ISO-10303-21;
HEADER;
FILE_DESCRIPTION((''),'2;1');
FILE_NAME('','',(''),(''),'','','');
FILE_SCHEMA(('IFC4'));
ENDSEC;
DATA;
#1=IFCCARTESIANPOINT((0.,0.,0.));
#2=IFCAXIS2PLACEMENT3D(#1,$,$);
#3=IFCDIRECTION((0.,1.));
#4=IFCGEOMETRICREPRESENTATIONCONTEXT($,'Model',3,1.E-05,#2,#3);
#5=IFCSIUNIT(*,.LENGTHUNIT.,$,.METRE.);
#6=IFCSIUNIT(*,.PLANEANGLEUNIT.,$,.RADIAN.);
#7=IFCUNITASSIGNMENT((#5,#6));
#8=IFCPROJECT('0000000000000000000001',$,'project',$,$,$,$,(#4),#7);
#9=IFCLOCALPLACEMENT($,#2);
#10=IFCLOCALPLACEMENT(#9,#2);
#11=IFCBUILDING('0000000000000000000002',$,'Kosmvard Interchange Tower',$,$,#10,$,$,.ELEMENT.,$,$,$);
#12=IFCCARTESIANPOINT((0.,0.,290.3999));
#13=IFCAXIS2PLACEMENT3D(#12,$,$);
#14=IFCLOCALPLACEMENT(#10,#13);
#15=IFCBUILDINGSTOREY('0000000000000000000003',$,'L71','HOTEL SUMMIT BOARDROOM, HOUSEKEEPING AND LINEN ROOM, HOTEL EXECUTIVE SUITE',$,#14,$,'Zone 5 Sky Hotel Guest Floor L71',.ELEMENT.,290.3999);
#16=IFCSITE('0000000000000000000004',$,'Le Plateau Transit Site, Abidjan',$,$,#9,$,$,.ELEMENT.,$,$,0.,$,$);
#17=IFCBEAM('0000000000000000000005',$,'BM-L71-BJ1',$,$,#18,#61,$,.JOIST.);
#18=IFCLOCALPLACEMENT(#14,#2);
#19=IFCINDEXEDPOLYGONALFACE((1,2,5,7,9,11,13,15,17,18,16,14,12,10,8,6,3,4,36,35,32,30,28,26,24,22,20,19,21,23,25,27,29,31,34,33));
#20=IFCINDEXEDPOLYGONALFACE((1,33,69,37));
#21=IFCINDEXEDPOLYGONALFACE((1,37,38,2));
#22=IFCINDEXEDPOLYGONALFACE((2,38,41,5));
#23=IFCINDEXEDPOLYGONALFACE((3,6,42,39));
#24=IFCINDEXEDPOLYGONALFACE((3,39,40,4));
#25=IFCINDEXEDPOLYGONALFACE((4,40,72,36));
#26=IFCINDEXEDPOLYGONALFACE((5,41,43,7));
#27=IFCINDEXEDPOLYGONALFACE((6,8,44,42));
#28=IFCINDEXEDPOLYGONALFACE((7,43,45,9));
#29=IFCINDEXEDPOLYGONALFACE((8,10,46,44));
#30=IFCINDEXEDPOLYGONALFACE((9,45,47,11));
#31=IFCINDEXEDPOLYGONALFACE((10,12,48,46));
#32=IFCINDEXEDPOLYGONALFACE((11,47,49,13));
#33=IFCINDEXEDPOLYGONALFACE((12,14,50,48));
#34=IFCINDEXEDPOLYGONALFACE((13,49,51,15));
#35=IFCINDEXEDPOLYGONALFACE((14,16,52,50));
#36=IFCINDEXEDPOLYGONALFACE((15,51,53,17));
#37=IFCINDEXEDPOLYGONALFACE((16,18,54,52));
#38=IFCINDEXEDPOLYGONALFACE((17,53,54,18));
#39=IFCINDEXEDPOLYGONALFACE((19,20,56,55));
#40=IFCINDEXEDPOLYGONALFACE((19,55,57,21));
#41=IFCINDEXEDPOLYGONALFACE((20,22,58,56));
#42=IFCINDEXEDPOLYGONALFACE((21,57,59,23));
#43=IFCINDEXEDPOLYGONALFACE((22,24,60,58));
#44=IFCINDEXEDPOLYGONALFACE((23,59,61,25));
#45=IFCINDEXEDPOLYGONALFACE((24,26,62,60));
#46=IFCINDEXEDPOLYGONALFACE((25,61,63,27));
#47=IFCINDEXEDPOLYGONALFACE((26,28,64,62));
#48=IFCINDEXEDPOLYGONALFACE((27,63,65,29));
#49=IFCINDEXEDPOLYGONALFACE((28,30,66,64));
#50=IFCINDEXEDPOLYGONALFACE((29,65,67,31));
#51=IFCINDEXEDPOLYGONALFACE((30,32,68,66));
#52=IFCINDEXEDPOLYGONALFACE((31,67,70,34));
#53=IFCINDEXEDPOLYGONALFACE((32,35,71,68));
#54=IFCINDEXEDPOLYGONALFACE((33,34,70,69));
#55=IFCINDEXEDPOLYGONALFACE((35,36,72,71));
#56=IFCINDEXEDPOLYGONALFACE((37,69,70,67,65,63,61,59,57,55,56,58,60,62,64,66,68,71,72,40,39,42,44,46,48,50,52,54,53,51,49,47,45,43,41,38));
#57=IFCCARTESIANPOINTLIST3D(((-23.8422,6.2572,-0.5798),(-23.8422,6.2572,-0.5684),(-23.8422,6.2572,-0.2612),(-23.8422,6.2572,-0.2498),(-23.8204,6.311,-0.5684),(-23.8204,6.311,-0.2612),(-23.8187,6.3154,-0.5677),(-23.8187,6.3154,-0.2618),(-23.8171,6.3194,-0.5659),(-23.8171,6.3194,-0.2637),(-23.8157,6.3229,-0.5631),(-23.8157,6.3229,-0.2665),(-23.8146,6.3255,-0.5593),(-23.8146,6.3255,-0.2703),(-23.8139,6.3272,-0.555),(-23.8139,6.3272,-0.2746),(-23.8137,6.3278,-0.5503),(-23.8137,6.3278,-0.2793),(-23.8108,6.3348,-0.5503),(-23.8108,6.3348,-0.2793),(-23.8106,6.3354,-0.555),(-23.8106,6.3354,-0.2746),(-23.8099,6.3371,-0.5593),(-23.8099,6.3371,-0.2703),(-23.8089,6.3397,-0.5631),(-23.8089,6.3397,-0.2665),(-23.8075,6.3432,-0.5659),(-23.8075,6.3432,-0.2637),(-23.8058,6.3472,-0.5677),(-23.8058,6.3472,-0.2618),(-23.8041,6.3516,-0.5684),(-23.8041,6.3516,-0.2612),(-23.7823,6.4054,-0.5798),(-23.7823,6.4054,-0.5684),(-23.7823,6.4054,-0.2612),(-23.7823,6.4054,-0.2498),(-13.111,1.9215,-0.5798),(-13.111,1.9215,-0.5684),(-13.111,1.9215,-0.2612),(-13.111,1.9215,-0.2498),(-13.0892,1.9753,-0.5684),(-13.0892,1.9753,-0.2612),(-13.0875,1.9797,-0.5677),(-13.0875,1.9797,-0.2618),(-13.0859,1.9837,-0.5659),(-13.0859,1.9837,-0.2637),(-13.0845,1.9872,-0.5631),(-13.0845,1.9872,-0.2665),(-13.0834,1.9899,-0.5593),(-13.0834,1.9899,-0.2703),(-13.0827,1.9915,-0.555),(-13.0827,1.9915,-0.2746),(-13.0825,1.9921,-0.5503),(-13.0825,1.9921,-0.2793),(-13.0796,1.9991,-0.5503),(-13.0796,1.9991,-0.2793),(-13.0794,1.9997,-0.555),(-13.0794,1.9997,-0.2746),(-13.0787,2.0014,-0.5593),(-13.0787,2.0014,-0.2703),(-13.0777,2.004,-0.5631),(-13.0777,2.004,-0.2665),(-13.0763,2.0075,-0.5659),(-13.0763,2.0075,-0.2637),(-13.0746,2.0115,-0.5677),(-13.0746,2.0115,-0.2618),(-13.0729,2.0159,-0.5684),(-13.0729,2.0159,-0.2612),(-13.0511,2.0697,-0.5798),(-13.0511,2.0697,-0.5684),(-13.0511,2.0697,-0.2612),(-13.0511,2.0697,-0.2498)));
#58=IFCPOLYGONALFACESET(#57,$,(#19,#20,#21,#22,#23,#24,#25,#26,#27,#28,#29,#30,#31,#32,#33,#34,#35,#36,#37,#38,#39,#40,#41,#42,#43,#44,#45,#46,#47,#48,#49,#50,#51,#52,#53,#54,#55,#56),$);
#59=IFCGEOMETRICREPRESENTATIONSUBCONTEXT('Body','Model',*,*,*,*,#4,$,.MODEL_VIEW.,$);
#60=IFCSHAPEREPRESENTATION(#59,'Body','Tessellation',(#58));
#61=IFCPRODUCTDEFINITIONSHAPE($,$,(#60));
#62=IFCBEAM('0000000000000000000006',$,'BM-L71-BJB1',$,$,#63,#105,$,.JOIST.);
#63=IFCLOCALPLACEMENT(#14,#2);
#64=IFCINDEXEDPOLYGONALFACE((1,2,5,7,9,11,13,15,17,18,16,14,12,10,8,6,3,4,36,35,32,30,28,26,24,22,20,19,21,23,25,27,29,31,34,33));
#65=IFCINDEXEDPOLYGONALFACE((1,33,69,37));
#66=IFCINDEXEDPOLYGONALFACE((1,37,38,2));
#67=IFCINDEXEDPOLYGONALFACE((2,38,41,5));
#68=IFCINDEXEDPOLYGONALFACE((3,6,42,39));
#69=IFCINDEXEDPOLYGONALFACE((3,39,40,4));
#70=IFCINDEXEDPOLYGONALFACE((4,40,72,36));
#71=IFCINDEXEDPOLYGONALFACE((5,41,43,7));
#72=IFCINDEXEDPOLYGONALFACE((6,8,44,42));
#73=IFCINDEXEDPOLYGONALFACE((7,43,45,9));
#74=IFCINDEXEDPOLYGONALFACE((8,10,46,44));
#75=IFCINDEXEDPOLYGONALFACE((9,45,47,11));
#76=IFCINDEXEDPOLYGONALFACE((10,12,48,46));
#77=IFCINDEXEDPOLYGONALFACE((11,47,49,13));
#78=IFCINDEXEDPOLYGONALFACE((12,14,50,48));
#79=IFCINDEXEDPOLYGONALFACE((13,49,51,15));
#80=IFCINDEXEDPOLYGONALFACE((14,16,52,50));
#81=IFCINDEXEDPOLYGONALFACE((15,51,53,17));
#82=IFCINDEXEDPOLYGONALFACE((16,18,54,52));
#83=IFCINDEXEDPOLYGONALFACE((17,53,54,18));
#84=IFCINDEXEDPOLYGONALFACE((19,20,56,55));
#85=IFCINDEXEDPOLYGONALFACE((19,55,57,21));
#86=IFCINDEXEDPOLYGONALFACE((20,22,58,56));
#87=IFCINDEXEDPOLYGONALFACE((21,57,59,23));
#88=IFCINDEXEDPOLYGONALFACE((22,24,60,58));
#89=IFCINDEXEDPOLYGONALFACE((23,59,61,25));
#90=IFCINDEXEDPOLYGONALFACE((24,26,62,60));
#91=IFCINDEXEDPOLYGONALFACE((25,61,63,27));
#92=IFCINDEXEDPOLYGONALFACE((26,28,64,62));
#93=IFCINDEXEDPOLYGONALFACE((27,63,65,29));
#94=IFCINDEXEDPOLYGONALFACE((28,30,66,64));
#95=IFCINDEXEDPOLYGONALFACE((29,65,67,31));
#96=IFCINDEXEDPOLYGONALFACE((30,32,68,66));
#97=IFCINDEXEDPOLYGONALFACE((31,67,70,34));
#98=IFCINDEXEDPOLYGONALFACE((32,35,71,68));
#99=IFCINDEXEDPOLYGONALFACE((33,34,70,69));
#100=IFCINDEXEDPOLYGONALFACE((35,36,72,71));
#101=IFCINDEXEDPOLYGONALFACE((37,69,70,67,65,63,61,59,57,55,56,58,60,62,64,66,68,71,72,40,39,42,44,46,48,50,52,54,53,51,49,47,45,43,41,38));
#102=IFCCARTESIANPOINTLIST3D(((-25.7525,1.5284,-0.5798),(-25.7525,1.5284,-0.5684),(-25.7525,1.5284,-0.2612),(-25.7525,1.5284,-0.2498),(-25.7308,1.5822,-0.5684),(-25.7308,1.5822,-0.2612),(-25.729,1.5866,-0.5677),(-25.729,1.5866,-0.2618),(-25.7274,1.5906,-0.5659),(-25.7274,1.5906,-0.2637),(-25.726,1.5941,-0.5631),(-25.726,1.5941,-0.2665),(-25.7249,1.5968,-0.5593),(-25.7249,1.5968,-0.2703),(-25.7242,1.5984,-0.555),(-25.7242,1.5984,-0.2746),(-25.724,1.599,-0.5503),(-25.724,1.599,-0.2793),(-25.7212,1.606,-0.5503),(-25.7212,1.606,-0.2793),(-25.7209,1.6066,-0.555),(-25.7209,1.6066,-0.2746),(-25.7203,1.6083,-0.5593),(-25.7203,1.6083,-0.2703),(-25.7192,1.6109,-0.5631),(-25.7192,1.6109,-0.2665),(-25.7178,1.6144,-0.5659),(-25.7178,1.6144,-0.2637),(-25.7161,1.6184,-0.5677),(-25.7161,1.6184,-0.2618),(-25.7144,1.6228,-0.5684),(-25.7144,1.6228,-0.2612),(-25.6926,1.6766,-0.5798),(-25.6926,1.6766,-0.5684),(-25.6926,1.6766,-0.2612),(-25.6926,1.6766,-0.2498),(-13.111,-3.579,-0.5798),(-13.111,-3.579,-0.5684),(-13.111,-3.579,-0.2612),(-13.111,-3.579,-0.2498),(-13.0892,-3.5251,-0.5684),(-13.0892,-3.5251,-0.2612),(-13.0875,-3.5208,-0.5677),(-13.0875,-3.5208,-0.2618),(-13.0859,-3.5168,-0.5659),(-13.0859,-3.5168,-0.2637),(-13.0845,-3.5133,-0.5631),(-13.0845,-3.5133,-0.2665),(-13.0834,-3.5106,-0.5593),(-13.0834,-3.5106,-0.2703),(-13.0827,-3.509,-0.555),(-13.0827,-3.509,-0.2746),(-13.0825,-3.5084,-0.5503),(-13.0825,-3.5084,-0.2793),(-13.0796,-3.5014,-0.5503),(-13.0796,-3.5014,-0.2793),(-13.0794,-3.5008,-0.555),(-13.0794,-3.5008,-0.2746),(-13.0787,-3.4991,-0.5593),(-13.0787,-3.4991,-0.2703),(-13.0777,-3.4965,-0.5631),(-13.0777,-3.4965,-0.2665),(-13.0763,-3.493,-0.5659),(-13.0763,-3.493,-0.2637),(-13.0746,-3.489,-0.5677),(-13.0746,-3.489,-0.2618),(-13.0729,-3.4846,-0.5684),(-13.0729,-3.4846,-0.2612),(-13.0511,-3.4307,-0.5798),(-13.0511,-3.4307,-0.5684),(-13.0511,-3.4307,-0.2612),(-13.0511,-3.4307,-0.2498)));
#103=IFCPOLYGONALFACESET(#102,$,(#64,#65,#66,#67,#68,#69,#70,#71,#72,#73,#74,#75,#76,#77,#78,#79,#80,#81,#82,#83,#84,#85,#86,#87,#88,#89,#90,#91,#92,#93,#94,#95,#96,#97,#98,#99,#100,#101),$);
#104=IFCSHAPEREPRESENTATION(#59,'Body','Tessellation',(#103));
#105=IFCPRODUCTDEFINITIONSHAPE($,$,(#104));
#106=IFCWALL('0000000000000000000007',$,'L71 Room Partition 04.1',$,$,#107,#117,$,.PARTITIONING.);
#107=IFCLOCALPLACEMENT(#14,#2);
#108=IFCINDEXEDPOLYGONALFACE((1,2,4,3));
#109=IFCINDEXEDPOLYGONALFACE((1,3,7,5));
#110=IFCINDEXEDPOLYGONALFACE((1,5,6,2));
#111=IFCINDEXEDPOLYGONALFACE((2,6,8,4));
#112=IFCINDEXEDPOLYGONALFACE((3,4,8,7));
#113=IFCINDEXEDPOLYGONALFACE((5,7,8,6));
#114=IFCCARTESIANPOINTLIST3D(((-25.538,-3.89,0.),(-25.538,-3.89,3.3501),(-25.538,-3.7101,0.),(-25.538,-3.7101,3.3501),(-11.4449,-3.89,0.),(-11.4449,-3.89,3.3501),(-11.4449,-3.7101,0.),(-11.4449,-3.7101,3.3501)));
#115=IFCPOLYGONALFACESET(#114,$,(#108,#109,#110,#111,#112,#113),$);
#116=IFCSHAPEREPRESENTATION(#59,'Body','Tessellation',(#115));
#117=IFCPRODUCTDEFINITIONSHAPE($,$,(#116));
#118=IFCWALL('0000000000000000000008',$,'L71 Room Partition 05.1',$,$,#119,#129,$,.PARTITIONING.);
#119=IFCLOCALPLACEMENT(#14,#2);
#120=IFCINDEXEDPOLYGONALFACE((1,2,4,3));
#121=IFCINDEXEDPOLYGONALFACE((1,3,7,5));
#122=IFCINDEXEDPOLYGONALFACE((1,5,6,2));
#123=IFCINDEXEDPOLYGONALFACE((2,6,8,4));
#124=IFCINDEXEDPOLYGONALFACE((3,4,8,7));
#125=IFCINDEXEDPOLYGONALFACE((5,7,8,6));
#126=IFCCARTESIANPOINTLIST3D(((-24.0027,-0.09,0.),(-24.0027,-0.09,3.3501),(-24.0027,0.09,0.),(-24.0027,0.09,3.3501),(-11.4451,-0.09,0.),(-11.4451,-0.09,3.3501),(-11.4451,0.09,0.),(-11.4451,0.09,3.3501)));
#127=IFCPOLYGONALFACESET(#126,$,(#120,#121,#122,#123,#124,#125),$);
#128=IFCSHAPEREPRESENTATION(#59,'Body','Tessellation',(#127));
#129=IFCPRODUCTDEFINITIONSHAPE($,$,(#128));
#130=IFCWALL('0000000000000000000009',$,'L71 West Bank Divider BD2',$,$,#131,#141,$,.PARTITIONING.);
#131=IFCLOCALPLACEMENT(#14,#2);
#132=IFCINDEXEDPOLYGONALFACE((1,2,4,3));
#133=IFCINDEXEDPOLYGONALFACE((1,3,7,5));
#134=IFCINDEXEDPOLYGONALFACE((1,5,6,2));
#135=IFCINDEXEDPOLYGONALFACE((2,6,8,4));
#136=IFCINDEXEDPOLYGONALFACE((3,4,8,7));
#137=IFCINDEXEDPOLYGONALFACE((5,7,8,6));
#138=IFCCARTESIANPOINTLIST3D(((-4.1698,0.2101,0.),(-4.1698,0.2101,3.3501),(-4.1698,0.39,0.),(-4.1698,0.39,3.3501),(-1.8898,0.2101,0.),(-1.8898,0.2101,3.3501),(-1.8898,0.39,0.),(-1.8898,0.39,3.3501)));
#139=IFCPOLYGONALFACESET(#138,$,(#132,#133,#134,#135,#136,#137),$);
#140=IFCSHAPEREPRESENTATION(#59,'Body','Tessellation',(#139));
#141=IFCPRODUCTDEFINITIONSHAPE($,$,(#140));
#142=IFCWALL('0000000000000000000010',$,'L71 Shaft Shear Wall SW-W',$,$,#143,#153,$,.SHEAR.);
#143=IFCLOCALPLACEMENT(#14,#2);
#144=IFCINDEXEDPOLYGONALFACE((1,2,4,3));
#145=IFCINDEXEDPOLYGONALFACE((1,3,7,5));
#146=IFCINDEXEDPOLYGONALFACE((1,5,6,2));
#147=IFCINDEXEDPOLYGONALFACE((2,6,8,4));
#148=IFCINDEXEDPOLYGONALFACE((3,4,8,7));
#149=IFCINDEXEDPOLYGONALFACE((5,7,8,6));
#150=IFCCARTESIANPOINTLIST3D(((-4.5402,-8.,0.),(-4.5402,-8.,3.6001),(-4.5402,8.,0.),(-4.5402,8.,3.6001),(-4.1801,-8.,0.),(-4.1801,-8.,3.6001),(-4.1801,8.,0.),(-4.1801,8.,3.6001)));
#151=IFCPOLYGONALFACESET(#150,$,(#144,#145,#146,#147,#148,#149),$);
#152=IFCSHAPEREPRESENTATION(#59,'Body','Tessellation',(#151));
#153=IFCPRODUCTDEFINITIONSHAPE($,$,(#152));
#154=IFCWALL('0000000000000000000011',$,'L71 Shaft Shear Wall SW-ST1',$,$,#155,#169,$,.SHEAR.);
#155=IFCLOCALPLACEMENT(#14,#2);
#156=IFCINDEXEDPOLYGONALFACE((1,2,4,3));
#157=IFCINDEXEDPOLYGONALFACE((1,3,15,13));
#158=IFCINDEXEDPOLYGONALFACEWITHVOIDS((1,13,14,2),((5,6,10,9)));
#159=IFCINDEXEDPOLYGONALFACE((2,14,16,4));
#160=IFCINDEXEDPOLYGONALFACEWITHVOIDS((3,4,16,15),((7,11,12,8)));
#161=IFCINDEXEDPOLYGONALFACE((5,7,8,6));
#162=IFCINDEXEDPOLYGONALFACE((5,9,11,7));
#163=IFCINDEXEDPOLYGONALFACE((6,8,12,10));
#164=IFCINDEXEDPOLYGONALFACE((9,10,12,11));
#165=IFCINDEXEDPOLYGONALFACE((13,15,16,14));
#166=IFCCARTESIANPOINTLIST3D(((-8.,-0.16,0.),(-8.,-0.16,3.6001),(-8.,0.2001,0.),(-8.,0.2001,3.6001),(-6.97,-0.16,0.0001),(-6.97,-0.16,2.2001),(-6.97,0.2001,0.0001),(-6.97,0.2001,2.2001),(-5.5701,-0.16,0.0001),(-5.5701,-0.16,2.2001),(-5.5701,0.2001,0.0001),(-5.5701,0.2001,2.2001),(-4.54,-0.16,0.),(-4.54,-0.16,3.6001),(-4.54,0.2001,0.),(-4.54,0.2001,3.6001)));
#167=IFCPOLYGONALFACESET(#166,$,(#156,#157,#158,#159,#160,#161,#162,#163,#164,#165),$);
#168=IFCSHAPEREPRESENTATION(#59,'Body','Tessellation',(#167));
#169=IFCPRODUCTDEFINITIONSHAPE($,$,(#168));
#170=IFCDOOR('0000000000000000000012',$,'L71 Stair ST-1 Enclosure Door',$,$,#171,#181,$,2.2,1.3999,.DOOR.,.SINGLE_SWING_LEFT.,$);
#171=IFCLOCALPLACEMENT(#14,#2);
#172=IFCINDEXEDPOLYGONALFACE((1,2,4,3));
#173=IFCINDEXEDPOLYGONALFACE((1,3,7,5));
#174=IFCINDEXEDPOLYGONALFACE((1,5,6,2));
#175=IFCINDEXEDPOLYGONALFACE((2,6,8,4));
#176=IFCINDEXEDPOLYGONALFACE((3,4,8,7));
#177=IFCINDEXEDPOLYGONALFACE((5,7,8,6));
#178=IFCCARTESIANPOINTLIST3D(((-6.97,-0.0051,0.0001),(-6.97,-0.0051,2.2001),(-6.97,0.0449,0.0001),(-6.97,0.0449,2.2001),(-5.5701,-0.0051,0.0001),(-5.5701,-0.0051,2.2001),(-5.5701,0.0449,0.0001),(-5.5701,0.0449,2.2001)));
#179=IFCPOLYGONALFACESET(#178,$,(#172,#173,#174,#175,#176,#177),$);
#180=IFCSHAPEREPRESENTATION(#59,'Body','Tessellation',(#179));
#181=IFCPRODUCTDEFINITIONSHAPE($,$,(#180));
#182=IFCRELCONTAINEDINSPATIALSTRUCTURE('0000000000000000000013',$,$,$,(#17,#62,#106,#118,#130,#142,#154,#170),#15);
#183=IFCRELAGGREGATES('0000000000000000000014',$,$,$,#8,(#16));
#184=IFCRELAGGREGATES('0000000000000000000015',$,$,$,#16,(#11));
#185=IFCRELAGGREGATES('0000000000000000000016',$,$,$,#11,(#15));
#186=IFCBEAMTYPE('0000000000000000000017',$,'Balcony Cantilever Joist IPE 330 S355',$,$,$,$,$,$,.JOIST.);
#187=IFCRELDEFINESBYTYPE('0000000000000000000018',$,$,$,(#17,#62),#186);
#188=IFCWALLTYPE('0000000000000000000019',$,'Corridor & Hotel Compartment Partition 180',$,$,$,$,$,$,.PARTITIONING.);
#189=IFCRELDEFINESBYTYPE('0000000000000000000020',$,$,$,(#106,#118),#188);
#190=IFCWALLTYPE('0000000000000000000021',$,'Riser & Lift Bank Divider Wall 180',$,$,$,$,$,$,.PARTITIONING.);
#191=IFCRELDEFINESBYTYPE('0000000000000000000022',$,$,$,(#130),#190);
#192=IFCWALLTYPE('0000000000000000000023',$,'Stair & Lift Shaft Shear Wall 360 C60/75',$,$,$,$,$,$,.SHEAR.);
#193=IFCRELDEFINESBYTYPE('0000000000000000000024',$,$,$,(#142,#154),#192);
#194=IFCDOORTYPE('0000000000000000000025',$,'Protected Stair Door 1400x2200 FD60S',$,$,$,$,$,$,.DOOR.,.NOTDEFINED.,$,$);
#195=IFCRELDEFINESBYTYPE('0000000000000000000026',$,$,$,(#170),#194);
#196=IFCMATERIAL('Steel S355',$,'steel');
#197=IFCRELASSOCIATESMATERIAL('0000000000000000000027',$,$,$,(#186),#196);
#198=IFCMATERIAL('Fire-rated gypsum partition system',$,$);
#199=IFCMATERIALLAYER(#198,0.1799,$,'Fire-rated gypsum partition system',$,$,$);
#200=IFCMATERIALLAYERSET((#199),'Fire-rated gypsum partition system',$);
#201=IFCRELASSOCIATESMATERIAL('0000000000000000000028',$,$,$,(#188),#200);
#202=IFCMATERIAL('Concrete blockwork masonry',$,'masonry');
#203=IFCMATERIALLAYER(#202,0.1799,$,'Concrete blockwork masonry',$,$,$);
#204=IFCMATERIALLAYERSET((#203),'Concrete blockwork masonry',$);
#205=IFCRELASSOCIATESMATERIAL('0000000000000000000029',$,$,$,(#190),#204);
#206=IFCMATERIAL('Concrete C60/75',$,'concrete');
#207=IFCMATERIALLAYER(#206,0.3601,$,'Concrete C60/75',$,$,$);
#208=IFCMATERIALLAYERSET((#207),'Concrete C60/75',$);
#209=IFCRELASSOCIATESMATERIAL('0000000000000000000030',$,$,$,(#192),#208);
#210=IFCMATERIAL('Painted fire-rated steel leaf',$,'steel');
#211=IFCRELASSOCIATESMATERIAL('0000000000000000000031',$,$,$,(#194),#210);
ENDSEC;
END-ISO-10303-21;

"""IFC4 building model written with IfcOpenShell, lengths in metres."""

from ifc_helpers import new_model, si_unit, direction, frame, frame_2d, origin, origin_2d, place, context, subcontext, project, spatial, rectangle, i_section, extrude, source, transform, mapped, material, layer, layer_set, material_profile, profile_set, type_object, element, fill, save


model = new_model("IFC4")

# Units and contexts
model_context = context("Model", 3, precision=1e-05, world=origin(), true_north=direction((0.0, 1.0)))
body_context = subcontext(model_context, "Body", "Model", "MODEL_VIEW")
ifc_project = project(units=[si_unit("LENGTHUNIT", "METRE"), si_unit("PLANEANGLEUNIT", "RADIAN")], contexts=[model_context])

# Site, building, storey
site_placement = place(None, origin())
site = spatial("IfcSite", under=ifc_project, at=site_placement, Name="Le Plateau Transit Site, Abidjan", CompositionType="ELEMENT", RefElevation=0.0)
building_placement = place(site_placement, origin())
building = spatial("IfcBuilding", under=site, at=building_placement, Name="Kosmvard Interchange Tower", CompositionType="ELEMENT")
storey_placement = place(building_placement, frame((0.0, 0.0, 290.3999)))
storey = spatial("IfcBuildingStorey", under=building, at=storey_placement, Name="L71", Description="HOTEL SUMMIT BOARDROOM, HOUSEKEEPING AND LINEN ROOM, HOTEL EXECUTIVE SUITE", LongName="Zone 5 Sky Hotel Guest Floor L71", CompositionType="ELEMENT", Elevation=290.3999)

# Beams
ifc_material_1 = material(Name="Steel S355", Category="steel")
ifc_material_profile = material_profile(ifc_material_1, i_section(OverallWidth=0.1599, OverallDepth=0.3301, WebThickness=0.0076, FlangeThickness=0.0115, FilletRadius=0.0181, at=origin_2d()), Name="IPE 330")
ifc_profile_set = profile_set([ifc_material_profile], Name="Steel S355")
beam_type = type_object("IfcBeamType", Name="Balcony Cantilever Joist IPE 330 S355", PredefinedType="JOIST", material=ifc_profile_set)
shared_shape_1 = source(origin(), body_context, "Body", "SweptSolid", [
    extrude(i_section(OverallWidth=0.1599, OverallDepth=0.3301, WebThickness=0.0076, FlangeThickness=0.0115, FilletRadius=0.0181, at=origin_2d()), origin(), (0.0, 0.0, 1.0), 11.574),
])
beam_1_placement = place(storey_placement, frame((-13.0811, 1.9956, -0.4148), z_axis=(-0.927184, 0.374607, 0.0), x_axis=(-0.374607, -0.927184, 0.0)))
element("IfcBeam", 1, at=beam_1_placement, inside=storey, type_object=beam_type, Name="BM-L71-BJ1", PredefinedType="JOIST", context=body_context, shape_type="MappedRepresentation", body=[
    mapped(shared_shape_1, transform((0.0, 0.0, 0.0), scale=1.0)),
])
shared_shape_2 = source(origin(), body_context, "Body", "SweptSolid", [
    extrude(i_section(OverallWidth=0.1599, OverallDepth=0.3301, WebThickness=0.0076, FlangeThickness=0.0115, FilletRadius=0.0181, at=origin_2d()), origin(), (0.0, 0.0, 1.0), 13.6343),
])
beam_2_placement = place(storey_placement, frame((-13.0811, -3.5049, -0.4148), z_axis=(-0.927187, 0.374599, 0.0), x_axis=(-0.374599, -0.927187, 0.0)))
element("IfcBeam", 2, at=beam_2_placement, inside=storey, type_object=beam_type, Name="BM-L71-BJB1", PredefinedType="JOIST", context=body_context, shape_type="MappedRepresentation", body=[
    mapped(shared_shape_2, transform((0.0, 0.0, 0.0), scale=1.0)),
])

# Walls
ifc_material_2 = material(Name="Fire-rated gypsum partition system")
ifc_layer_1 = layer(ifc_material_2, 0.1799, Name="Fire-rated gypsum partition system")
ifc_layer_set_1 = layer_set([ifc_layer_1], Name="Fire-rated gypsum partition system")
wall_type_1 = type_object("IfcWallType", Name="Corridor & Hotel Compartment Partition 180", PredefinedType="PARTITIONING", material=ifc_layer_set_1)
wall_1_placement = place(storey_placement, frame((-11.4451, -3.8, 0.0), z_axis=(0.0, 0.0, 1.0), x_axis=(-1.0, 0.0, 0.0)))
element("IfcWall", 3, at=wall_1_placement, inside=storey, type_object=wall_type_1, Name="L71 Room Partition 04.1", PredefinedType="PARTITIONING", context=body_context, shape_type="SweptSolid", body=[
    extrude(rectangle(XDim=14.093, YDim=0.1799, at=frame_2d((7.0464, 0.0))), origin(), (0.0, 0.0, 1.0), 3.3501),
])
wall_2_placement = place(storey_placement, frame((-11.4451, 0.0, 0.0), z_axis=(0.0, 0.0, 1.0), x_axis=(-1.0, 0.0, 0.0)))
element("IfcWall", 4, at=wall_2_placement, inside=storey, type_object=wall_type_1, Name="L71 Room Partition 05.1", PredefinedType="PARTITIONING", context=body_context, shape_type="SweptSolid", body=[
    extrude(rectangle(XDim=12.5576, YDim=0.1799, at=frame_2d((6.2788, 0.0))), origin(), (0.0, 0.0, 1.0), 3.3501),
])
ifc_material_3 = material(Name="Concrete blockwork masonry", Category="masonry")
ifc_layer_2 = layer(ifc_material_3, 0.1799, Name="Concrete blockwork masonry")
ifc_layer_set_2 = layer_set([ifc_layer_2], Name="Concrete blockwork masonry")
wall_type_2 = type_object("IfcWallType", Name="Riser & Lift Bank Divider Wall 180", PredefinedType="PARTITIONING", material=ifc_layer_set_2)
wall_3_placement = place(storey_placement, frame((-4.1699, 0.3, 0.0), z_axis=(0.0, 0.0, 1.0), x_axis=(1.0, 0.0, 0.0)))
element("IfcWall", 5, at=wall_3_placement, inside=storey, type_object=wall_type_2, Name="L71 West Bank Divider BD2", PredefinedType="PARTITIONING", context=body_context, shape_type="SweptSolid", body=[
    extrude(rectangle(XDim=2.28, YDim=0.1799, at=frame_2d((1.1401, 0.0))), origin(), (0.0, 0.0, 1.0), 3.3501),
])
ifc_material_4 = material(Name="Concrete C60/75", Category="concrete")
ifc_layer_3 = layer(ifc_material_4, 0.3601, Name="Concrete C60/75")
ifc_layer_set_3 = layer_set([ifc_layer_3], Name="Concrete C60/75")
wall_type_3 = type_object("IfcWallType", Name="Stair & Lift Shaft Shear Wall 360 C60/75", PredefinedType="SHEAR", material=ifc_layer_set_3)
wall_4_placement = place(storey_placement, frame((-4.3601, -8.0, 0.0), z_axis=(0.0, 0.0, 1.0), x_axis=(0.0, 1.0, 0.0)))
element("IfcWall", 6, at=wall_4_placement, inside=storey, type_object=wall_type_3, Name="L71 Shaft Shear Wall SW-W", PredefinedType="SHEAR", context=body_context, shape_type="SweptSolid", body=[
    extrude(rectangle(XDim=16.0, YDim=0.3601, at=frame_2d((8.0, 0.0))), origin(), (0.0, 0.0, 1.0), 3.6001),
])

# Wall, opening, door
wall_5_placement = place(storey_placement, frame((-8.0, 0.02, 0.0), z_axis=(0.0, 0.0, 1.0), x_axis=(1.0, 0.0, 0.0)))
wall_5 = element("IfcWall", 7, at=wall_5_placement, inside=storey, type_object=wall_type_3, Name="L71 Shaft Shear Wall SW-ST1", PredefinedType="SHEAR", context=body_context, shape_type="SweptSolid", body=[
    extrude(rectangle(XDim=3.46, YDim=0.3601, at=frame_2d((1.73, 0.0))), origin(), (0.0, 0.0, 1.0), 3.6001),
])
opening_1_placement = place(wall_5_placement, frame((1.03, 0.0, 0.0)))
opening_1 = element("IfcOpeningElement", 8, at=opening_1_placement, cuts=wall_5, PredefinedType="OPENING", context=body_context, shape_type="SweptSolid", body=[
    extrude(rectangle(XDim=1.3999, YDim=2.2, at=frame_2d((0.7, 1.1001))), frame((0.0, 0.1899, 0.0), z_axis=(0.0, -1.0, 0.0), x_axis=(1.0, 0.0, 0.0)), (0.0, 0.0, 1.0), 0.3801),
])
ifc_material_5 = material(Name="Painted fire-rated steel leaf", Category="steel")
door_type_1 = type_object("IfcDoorType", Name="Protected Stair Door 1400x2200 FD60S", OperationType="NOTDEFINED", PredefinedType="DOOR", material=ifc_material_5)
shared_shape_3 = source(origin(), body_context, "Body", "SweptSolid", [
    extrude(rectangle(XDim=1.3999, YDim=2.2, at=frame_2d((0.7, 1.1001))), frame((0.0, 0.0249, 0.0), z_axis=(0.0, -1.0, 0.0), x_axis=(1.0, 0.0, 0.0)), (0.0, 0.0, 1.0), 0.05),
])
door_1_placement = place(opening_1_placement, origin())
door_1 = element("IfcDoor", 9, at=door_1_placement, inside=storey, type_object=door_type_1, Name="L71 Stair ST-1 Enclosure Door", OperationType="SINGLE_SWING_LEFT", OverallHeight=2.2, OverallWidth=1.3999, PredefinedType="DOOR", context=body_context, shape_type="MappedRepresentation", body=[
    mapped(shared_shape_3, transform((0.0, 0.0, 0.0), scale=1.0)),
])
fill(opening_1, door_1)

save(model, "model.ifc")
